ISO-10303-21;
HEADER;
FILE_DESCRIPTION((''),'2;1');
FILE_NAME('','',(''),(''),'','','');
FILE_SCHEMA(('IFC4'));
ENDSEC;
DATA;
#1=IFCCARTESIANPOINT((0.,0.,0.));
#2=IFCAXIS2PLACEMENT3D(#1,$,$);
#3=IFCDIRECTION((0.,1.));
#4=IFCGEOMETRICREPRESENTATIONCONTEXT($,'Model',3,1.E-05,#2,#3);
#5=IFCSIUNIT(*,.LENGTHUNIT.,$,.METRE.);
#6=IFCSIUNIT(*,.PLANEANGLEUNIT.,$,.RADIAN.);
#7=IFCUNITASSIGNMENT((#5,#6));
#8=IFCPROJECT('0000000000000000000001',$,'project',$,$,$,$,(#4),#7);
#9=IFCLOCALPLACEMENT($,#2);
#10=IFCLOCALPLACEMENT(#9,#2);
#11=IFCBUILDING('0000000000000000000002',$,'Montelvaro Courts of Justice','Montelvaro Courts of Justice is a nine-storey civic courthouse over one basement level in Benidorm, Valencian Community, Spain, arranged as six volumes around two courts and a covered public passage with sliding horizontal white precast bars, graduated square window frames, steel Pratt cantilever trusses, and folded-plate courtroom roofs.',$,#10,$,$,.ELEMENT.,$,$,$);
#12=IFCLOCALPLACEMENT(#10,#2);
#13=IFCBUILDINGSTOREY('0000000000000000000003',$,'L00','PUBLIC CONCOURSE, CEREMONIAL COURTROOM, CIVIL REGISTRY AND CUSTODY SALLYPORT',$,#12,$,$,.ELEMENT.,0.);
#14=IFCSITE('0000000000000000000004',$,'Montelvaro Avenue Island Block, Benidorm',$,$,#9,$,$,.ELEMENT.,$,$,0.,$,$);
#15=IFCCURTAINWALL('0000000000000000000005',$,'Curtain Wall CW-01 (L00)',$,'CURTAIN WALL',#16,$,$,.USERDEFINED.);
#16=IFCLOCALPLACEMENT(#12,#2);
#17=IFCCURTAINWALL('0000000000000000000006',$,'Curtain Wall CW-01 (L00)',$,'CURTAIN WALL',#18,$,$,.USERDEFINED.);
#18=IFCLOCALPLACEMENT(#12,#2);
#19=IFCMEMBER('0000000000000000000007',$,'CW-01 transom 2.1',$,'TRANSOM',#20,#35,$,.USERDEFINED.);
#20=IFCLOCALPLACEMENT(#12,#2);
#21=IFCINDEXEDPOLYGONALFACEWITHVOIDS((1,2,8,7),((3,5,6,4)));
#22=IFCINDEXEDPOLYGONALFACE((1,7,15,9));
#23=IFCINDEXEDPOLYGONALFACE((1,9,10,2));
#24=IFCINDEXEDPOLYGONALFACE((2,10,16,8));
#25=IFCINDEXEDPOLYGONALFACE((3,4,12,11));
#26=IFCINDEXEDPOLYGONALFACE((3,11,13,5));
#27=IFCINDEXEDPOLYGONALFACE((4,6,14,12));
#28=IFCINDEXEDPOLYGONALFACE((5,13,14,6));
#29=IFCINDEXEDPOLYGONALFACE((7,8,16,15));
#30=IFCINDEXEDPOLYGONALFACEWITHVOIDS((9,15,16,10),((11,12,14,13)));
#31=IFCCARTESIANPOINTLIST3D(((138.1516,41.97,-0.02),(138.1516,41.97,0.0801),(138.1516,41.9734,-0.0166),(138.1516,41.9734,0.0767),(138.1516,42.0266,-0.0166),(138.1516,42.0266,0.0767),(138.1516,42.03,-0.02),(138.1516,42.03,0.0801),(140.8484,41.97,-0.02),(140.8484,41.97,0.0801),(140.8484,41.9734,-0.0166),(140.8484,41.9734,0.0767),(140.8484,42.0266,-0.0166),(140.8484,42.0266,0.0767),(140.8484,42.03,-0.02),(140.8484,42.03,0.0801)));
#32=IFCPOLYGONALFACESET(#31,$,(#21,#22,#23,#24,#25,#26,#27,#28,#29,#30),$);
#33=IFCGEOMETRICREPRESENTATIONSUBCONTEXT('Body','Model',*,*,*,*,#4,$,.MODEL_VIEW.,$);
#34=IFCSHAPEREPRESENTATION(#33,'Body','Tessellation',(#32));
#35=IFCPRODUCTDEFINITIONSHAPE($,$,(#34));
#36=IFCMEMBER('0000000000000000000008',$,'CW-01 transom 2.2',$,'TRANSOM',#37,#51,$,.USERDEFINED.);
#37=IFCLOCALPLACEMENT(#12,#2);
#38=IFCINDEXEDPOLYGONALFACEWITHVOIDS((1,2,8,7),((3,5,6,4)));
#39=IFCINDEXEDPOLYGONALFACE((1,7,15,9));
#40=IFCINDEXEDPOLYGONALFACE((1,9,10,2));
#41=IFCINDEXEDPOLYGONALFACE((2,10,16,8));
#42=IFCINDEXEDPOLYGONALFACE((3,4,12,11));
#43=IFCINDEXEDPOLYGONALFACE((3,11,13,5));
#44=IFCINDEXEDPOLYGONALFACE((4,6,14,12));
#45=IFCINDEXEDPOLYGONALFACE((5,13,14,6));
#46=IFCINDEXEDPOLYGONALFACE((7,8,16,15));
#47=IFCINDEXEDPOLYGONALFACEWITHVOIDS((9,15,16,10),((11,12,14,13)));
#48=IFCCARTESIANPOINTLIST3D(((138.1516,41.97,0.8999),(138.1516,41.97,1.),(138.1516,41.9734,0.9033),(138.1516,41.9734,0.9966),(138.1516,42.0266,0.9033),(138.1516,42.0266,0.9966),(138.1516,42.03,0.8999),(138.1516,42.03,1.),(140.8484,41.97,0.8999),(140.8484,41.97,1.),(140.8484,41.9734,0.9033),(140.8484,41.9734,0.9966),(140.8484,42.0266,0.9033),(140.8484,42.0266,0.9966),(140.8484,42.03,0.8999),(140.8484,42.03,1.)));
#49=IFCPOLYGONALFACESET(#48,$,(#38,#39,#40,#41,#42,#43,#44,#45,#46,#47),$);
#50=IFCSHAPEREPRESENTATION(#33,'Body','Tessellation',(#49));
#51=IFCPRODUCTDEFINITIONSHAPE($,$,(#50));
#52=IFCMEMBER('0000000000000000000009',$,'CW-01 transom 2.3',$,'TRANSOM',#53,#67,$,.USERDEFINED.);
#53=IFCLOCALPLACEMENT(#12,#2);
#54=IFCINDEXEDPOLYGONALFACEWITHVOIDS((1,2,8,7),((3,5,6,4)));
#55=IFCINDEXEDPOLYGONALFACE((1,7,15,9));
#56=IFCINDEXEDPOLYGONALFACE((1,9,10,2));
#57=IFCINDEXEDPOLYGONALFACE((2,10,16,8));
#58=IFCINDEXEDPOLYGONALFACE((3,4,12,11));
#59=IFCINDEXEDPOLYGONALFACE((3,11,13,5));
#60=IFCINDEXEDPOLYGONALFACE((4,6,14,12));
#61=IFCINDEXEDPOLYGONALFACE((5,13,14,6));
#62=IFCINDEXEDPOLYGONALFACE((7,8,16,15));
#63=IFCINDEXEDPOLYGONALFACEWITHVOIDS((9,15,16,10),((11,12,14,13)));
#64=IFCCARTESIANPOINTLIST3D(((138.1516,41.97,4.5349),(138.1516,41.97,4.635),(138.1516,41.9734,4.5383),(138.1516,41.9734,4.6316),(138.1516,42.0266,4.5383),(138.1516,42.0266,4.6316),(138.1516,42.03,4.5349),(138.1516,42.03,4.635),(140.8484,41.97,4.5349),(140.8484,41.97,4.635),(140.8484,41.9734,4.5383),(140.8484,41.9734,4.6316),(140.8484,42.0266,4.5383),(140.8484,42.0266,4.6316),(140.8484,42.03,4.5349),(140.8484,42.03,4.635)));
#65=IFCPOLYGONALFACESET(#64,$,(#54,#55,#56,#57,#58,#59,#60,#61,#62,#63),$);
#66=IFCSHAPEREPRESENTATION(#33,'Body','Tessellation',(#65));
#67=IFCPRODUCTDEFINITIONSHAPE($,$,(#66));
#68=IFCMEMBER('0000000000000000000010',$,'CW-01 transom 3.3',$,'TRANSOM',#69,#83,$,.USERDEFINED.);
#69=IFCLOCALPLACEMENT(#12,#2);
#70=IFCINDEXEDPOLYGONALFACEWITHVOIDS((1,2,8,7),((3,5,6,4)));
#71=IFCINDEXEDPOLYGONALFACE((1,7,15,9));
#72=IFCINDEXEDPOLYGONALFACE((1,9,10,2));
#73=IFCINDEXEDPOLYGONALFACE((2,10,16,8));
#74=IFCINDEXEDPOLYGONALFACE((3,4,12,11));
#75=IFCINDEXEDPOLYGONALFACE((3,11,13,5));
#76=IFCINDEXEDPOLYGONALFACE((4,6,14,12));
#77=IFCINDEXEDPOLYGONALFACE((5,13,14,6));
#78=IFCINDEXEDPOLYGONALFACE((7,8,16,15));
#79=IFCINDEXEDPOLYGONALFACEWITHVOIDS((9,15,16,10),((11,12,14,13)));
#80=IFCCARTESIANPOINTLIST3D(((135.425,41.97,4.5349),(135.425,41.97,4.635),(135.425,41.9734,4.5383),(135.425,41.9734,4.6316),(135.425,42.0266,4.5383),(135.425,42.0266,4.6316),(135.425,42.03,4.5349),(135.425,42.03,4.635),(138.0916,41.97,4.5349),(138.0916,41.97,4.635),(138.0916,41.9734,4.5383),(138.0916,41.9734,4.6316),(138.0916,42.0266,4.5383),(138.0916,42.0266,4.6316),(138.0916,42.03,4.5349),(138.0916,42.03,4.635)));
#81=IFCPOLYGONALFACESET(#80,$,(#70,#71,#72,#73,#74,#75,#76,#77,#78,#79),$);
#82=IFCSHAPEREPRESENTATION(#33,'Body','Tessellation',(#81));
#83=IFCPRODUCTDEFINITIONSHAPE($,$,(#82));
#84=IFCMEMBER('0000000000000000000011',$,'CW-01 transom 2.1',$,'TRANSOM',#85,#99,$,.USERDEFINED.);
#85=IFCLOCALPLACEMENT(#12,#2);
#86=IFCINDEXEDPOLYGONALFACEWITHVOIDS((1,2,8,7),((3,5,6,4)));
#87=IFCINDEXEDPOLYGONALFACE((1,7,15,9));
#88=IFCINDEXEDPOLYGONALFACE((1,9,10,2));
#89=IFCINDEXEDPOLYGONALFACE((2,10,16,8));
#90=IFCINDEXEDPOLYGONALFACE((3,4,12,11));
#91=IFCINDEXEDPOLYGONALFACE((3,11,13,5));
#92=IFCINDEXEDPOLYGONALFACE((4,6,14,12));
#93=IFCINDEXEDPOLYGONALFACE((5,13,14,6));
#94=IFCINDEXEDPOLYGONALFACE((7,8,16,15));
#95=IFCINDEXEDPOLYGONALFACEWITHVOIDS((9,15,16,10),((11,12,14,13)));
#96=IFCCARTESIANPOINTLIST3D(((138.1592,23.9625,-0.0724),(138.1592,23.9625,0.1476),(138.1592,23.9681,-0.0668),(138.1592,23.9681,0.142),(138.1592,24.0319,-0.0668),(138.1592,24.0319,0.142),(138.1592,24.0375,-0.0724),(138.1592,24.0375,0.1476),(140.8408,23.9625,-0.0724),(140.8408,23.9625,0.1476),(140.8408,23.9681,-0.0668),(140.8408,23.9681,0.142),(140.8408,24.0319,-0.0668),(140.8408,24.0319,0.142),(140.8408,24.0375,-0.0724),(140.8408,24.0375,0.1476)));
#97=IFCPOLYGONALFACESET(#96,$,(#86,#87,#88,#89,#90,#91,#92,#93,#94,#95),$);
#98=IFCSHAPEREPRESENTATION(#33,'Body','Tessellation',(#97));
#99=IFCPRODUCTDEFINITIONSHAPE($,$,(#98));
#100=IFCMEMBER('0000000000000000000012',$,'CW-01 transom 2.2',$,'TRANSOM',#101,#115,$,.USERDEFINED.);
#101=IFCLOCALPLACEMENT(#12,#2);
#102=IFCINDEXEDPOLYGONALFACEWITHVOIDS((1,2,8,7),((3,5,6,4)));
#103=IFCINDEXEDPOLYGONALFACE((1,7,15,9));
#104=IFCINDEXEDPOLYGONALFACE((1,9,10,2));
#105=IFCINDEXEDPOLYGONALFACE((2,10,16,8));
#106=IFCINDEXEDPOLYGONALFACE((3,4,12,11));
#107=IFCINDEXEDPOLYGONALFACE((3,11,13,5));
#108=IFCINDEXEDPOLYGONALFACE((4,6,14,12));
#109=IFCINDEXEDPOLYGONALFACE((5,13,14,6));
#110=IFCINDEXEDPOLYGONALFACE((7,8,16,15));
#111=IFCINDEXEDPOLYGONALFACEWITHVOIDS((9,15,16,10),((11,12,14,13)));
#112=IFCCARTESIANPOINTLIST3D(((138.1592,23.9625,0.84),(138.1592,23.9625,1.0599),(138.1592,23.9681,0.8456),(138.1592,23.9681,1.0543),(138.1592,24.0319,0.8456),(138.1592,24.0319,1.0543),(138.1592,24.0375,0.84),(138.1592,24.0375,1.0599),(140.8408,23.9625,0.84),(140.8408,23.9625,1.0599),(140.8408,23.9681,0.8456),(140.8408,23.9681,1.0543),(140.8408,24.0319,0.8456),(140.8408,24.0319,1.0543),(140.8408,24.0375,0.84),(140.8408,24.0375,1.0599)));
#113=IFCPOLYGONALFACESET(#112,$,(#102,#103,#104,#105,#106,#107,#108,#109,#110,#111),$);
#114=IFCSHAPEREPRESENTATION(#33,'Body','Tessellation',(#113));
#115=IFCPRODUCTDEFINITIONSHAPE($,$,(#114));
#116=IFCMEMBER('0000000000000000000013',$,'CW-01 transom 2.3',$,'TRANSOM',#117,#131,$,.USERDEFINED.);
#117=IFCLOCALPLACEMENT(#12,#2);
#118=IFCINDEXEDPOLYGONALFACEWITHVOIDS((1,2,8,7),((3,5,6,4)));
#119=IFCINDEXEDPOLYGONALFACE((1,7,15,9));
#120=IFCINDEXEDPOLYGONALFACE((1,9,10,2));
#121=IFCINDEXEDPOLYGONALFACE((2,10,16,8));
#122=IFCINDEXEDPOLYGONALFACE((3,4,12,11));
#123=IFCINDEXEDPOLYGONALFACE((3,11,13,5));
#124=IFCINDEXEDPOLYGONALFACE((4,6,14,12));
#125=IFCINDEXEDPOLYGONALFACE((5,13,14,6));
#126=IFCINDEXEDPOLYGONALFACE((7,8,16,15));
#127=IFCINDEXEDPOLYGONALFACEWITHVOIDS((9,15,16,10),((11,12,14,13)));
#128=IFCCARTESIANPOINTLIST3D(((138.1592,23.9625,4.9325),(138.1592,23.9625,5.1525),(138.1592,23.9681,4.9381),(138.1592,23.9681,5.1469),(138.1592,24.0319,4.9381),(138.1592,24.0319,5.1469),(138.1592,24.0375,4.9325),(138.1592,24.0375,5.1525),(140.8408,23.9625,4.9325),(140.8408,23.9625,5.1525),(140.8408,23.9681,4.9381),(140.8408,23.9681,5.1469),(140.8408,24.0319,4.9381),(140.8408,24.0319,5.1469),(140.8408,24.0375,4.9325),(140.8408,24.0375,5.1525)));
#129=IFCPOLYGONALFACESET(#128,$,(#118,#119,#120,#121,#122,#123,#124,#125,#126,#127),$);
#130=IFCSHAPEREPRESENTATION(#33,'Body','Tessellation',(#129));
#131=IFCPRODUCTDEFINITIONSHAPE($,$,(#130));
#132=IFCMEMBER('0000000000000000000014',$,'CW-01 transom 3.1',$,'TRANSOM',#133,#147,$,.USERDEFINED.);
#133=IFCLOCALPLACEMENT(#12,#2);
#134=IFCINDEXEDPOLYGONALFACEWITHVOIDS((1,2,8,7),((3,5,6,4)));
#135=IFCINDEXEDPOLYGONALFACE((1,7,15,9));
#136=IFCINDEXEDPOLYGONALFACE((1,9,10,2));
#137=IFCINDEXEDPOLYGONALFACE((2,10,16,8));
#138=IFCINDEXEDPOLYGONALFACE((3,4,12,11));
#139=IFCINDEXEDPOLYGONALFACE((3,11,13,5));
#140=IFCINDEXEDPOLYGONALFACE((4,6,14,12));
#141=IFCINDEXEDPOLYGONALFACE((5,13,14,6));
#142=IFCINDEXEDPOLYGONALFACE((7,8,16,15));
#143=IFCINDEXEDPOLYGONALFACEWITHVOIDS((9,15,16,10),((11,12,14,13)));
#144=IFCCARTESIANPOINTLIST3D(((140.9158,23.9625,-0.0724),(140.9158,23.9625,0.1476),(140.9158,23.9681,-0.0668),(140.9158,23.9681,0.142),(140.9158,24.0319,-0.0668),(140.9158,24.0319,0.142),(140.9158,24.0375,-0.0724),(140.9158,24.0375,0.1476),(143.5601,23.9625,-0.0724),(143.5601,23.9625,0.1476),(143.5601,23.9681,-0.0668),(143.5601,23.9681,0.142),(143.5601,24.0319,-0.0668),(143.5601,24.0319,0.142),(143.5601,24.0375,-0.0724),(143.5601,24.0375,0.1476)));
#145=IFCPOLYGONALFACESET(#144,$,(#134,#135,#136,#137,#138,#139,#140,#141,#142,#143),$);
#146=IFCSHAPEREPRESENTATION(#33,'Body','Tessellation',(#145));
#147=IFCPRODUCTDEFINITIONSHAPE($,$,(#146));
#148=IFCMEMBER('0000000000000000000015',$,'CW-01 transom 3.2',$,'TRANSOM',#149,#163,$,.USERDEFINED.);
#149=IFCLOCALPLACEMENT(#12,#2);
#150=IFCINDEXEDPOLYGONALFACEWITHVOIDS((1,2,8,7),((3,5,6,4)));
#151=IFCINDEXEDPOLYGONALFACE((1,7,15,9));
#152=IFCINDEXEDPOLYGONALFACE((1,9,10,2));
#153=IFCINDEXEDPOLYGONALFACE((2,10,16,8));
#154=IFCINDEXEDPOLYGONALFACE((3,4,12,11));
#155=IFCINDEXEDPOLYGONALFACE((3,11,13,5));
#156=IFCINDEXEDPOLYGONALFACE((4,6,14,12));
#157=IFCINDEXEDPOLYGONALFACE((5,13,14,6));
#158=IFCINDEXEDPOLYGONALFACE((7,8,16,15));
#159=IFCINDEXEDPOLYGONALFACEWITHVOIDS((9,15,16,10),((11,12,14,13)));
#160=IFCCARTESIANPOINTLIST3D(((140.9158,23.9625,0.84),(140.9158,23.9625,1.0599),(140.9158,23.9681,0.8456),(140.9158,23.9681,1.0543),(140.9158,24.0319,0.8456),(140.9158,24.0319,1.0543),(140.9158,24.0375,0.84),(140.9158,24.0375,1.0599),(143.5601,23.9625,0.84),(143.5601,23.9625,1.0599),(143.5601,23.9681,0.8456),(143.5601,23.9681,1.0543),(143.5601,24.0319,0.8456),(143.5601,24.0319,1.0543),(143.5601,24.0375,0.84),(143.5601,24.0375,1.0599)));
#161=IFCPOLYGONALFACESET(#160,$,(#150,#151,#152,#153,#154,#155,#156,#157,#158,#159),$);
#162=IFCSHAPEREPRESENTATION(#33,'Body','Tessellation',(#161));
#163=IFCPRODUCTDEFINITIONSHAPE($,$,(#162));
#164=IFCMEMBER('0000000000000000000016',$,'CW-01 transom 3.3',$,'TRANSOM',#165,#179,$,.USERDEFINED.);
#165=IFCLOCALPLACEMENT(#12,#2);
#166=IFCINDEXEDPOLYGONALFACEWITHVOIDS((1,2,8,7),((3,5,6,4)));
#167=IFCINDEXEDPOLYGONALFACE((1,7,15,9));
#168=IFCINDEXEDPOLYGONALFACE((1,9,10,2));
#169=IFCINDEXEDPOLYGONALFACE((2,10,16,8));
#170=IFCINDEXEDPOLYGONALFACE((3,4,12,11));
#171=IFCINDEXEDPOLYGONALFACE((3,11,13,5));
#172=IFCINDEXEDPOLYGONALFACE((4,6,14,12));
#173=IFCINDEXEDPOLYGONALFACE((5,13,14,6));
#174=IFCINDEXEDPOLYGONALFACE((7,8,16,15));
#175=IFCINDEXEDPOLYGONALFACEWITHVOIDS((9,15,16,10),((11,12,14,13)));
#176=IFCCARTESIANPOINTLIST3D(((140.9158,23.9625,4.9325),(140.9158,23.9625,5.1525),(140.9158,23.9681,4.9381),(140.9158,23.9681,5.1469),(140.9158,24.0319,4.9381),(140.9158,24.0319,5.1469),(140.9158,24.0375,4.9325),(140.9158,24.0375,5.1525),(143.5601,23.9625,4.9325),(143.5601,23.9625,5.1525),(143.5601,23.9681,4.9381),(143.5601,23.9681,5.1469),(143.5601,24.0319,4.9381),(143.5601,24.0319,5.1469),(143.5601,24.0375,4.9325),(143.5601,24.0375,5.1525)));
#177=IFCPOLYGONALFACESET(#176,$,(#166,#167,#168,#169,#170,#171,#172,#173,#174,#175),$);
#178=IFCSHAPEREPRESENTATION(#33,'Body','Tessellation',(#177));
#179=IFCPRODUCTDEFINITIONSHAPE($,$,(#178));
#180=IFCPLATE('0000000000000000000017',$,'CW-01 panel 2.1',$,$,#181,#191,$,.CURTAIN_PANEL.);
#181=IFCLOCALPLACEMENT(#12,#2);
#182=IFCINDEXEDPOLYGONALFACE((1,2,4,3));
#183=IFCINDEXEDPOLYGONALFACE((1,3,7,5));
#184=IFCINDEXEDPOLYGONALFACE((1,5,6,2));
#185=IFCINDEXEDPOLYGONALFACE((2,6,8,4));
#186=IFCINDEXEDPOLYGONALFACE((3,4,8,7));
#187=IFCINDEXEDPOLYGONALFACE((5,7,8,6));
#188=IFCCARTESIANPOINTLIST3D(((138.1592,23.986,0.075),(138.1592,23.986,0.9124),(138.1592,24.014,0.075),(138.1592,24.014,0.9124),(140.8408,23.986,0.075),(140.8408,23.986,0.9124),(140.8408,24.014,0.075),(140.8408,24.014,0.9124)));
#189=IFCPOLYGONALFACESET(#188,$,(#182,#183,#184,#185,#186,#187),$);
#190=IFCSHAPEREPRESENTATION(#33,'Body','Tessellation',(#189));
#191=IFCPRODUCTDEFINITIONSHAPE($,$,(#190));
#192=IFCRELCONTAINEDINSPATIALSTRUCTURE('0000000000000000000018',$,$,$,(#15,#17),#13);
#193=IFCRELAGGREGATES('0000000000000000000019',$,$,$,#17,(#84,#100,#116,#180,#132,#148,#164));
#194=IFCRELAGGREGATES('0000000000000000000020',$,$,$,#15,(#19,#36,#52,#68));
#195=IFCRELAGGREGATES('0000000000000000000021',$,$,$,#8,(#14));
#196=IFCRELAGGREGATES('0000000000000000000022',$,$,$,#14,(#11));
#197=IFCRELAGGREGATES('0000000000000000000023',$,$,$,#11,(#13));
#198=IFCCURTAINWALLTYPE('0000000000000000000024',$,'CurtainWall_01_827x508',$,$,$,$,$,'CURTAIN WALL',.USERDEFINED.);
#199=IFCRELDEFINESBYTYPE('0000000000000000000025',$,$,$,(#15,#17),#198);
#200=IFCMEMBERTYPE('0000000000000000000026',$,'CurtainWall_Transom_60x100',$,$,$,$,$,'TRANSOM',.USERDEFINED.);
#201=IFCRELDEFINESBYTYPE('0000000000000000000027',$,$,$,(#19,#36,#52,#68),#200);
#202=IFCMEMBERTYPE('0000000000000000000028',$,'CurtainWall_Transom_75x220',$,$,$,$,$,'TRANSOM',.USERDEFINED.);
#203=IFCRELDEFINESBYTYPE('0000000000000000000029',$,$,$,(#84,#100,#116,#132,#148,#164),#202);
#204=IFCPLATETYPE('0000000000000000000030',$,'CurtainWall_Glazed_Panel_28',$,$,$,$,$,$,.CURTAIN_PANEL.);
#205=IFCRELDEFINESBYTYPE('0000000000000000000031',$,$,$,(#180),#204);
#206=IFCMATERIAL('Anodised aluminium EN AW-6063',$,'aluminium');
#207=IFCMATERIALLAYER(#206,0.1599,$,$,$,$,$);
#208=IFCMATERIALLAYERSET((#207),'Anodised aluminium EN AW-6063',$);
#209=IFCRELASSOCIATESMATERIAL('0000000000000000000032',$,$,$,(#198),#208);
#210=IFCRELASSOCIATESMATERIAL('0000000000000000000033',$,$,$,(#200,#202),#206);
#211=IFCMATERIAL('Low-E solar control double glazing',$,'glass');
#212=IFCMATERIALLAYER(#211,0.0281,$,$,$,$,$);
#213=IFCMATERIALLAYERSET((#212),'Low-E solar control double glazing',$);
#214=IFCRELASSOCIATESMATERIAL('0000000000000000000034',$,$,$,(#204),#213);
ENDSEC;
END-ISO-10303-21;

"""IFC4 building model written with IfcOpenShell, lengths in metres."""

from ifc_helpers import new_model, si_unit, direction, frame, origin, origin_2d, place, context, subcontext, project, spatial, rectangle, hollow_rectangle, extrude, material, layer, layer_set, material_profile, profile_set, type_object, element, aggregate, save


model = new_model("IFC4")

# Units and contexts
model_context = context("Model", 3, precision=1e-05, world=origin(), true_north=direction((0.0, 1.0)))
body_context = subcontext(model_context, "Body", "Model", "MODEL_VIEW")
ifc_project = project(units=[si_unit("LENGTHUNIT", "METRE"), si_unit("PLANEANGLEUNIT", "RADIAN")], contexts=[model_context])

# Site, building, storey
site_placement = place(None, origin())
site = spatial("IfcSite", under=ifc_project, at=site_placement, Name="Montelvaro Avenue Island Block, Benidorm", CompositionType="ELEMENT", RefElevation=0.0)
building_placement = place(site_placement, origin())
building = spatial("IfcBuilding", under=site, at=building_placement, Name="Montelvaro Courts of Justice", Description="Montelvaro Courts of Justice is a nine-storey civic courthouse over one basement level in Benidorm, Valencian Community, Spain, arranged as six volumes around two courts and a covered public passage with sliding horizontal white precast bars, graduated square window frames, steel Pratt cantilever trusses, and folded-plate courtroom roofs.", CompositionType="ELEMENT")
storey_placement = place(building_placement, origin())
storey = spatial("IfcBuildingStorey", under=building, at=storey_placement, Name="L00", Description="PUBLIC CONCOURSE, CEREMONIAL COURTROOM, CIVIL REGISTRY AND CUSTODY SALLYPORT", CompositionType="ELEMENT", Elevation=0.0)

# Curtain walls
ifc_material_1 = material(Name="Anodised aluminium EN AW-6063", Category="aluminium")
ifc_layer_1 = layer(ifc_material_1, 0.1599)
ifc_layer_set_1 = layer_set([ifc_layer_1], Name="Anodised aluminium EN AW-6063")
curtain_wall_type = type_object("IfcCurtainWallType", Name="CurtainWall_01_827x508", ElementType="CURTAIN WALL", PredefinedType="USERDEFINED", material=ifc_layer_set_1)
curtain_wall_1_placement = place(storey_placement, origin())
curtain_wall_1 = element("IfcCurtainWall", 1, at=curtain_wall_1_placement, inside=storey, type_object=curtain_wall_type, Name="Curtain Wall CW-01 (L00)", ObjectType="CURTAIN WALL", PredefinedType="USERDEFINED")
curtain_wall_2_placement = place(storey_placement, origin())
curtain_wall_2 = element("IfcCurtainWall", 2, at=curtain_wall_2_placement, inside=storey, type_object=curtain_wall_type, Name="Curtain Wall CW-01 (L00)", ObjectType="CURTAIN WALL", PredefinedType="USERDEFINED")

# Members
ifc_material_profile_1 = material_profile(ifc_material_1, hollow_rectangle(XDim=0.0601, YDim=0.1001, WallThickness=0.0034, at=origin_2d()), Name="ALU-T 60x100")
ifc_profile_set_1 = profile_set([ifc_material_profile_1], Name="Anodised aluminium EN AW-6063")
member_type_1 = type_object("IfcMemberType", Name="CurtainWall_Transom_60x100", ElementType="TRANSOM", PredefinedType="USERDEFINED", material=ifc_profile_set_1)
member_1_placement = place(storey_placement, frame((140.8484, 42.0, 0.03), z_axis=(-1.0, 0.0, 0.0), x_axis=(0.0, -1.0, 0.0)))
member_1 = element("IfcMember", 3, at=member_1_placement, type_object=member_type_1, Name="CW-01 transom 2.1", ObjectType="TRANSOM", PredefinedType="USERDEFINED", context=body_context, shape_type="SweptSolid", body=[
    extrude(hollow_rectangle(XDim=0.0601, YDim=0.1001, WallThickness=0.0034, at=origin_2d()), origin(), (0.0, 0.0, 1.0), 2.6968),
])
member_2_placement = place(storey_placement, frame((140.8484, 42.0, 0.95), z_axis=(-1.0, 0.0, 0.0), x_axis=(0.0, -1.0, 0.0)))
member_2 = element("IfcMember", 4, at=member_2_placement, type_object=member_type_1, Name="CW-01 transom 2.2", ObjectType="TRANSOM", PredefinedType="USERDEFINED", context=body_context, shape_type="SweptSolid", body=[
    extrude(hollow_rectangle(XDim=0.0601, YDim=0.1001, WallThickness=0.0034, at=origin_2d()), origin(), (0.0, 0.0, 1.0), 2.6968),
])
member_3_placement = place(storey_placement, frame((140.8484, 42.0, 4.585), z_axis=(-1.0, 0.0, 0.0), x_axis=(0.0, -1.0, 0.0)))
member_3 = element("IfcMember", 5, at=member_3_placement, type_object=member_type_1, Name="CW-01 transom 2.3", ObjectType="TRANSOM", PredefinedType="USERDEFINED", context=body_context, shape_type="SweptSolid", body=[
    extrude(hollow_rectangle(XDim=0.0601, YDim=0.1001, WallThickness=0.0034, at=origin_2d()), origin(), (0.0, 0.0, 1.0), 2.6968),
])
member_4_placement = place(storey_placement, frame((138.0916, 42.0, 4.585), z_axis=(-1.0, 0.0, 0.0), x_axis=(0.0, -1.0, 0.0)))
member_4 = element("IfcMember", 6, at=member_4_placement, type_object=member_type_1, Name="CW-01 transom 3.3", ObjectType="TRANSOM", PredefinedType="USERDEFINED", context=body_context, shape_type="SweptSolid", body=[
    extrude(hollow_rectangle(XDim=0.0601, YDim=0.1001, WallThickness=0.0034, at=origin_2d()), origin(), (0.0, 0.0, 1.0), 2.6665),
])
ifc_material_profile_2 = material_profile(ifc_material_1, hollow_rectangle(XDim=0.075, YDim=0.22, WallThickness=0.0056, at=origin_2d()), Name="ALU-T 75x220")
ifc_profile_set_2 = profile_set([ifc_material_profile_2], Name="Anodised aluminium EN AW-6063")
member_type_2 = type_object("IfcMemberType", Name="CurtainWall_Transom_75x220", ElementType="TRANSOM", PredefinedType="USERDEFINED", material=ifc_profile_set_2)
member_5_placement = place(storey_placement, frame((138.1592, 24.0, 0.0376), z_axis=(1.0, 0.0, 0.0), x_axis=(0.0, 1.0, 0.0)))
member_5 = element("IfcMember", 7, at=member_5_placement, type_object=member_type_2, Name="CW-01 transom 2.1", ObjectType="TRANSOM", PredefinedType="USERDEFINED", context=body_context, shape_type="SweptSolid", body=[
    extrude(hollow_rectangle(XDim=0.075, YDim=0.22, WallThickness=0.0056, at=origin_2d()), origin(), (0.0, 0.0, 1.0), 2.6816),
])
member_6_placement = place(storey_placement, frame((138.1592, 24.0, 0.95), z_axis=(1.0, 0.0, 0.0), x_axis=(0.0, 1.0, 0.0)))
member_6 = element("IfcMember", 8, at=member_6_placement, type_object=member_type_2, Name="CW-01 transom 2.2", ObjectType="TRANSOM", PredefinedType="USERDEFINED", context=body_context, shape_type="SweptSolid", body=[
    extrude(hollow_rectangle(XDim=0.075, YDim=0.22, WallThickness=0.0056, at=origin_2d()), origin(), (0.0, 0.0, 1.0), 2.6816),
])
member_7_placement = place(storey_placement, frame((138.1592, 24.0, 5.0425), z_axis=(1.0, 0.0, 0.0), x_axis=(0.0, 1.0, 0.0)))
member_7 = element("IfcMember", 9, at=member_7_placement, type_object=member_type_2, Name="CW-01 transom 2.3", ObjectType="TRANSOM", PredefinedType="USERDEFINED", context=body_context, shape_type="SweptSolid", body=[
    extrude(hollow_rectangle(XDim=0.075, YDim=0.22, WallThickness=0.0056, at=origin_2d()), origin(), (0.0, 0.0, 1.0), 2.6816),
])
member_8_placement = place(storey_placement, frame((140.9158, 24.0, 0.0376), z_axis=(1.0, 0.0, 0.0), x_axis=(0.0, 1.0, 0.0)))
member_8 = element("IfcMember", 10, at=member_8_placement, type_object=member_type_2, Name="CW-01 transom 3.1", ObjectType="TRANSOM", PredefinedType="USERDEFINED", context=body_context, shape_type="SweptSolid", body=[
    extrude(hollow_rectangle(XDim=0.075, YDim=0.22, WallThickness=0.0056, at=origin_2d()), origin(), (0.0, 0.0, 1.0), 2.6443),
])
member_9_placement = place(storey_placement, frame((140.9158, 24.0, 0.95), z_axis=(1.0, 0.0, 0.0), x_axis=(0.0, 1.0, 0.0)))
member_9 = element("IfcMember", 11, at=member_9_placement, type_object=member_type_2, Name="CW-01 transom 3.2", ObjectType="TRANSOM", PredefinedType="USERDEFINED", context=body_context, shape_type="SweptSolid", body=[
    extrude(hollow_rectangle(XDim=0.075, YDim=0.22, WallThickness=0.0056, at=origin_2d()), origin(), (0.0, 0.0, 1.0), 2.6443),
])
member_10_placement = place(storey_placement, frame((140.9158, 24.0, 5.0425), z_axis=(1.0, 0.0, 0.0), x_axis=(0.0, 1.0, 0.0)))
member_10 = element("IfcMember", 12, at=member_10_placement, type_object=member_type_2, Name="CW-01 transom 3.3", ObjectType="TRANSOM", PredefinedType="USERDEFINED", context=body_context, shape_type="SweptSolid", body=[
    extrude(hollow_rectangle(XDim=0.075, YDim=0.22, WallThickness=0.0056, at=origin_2d()), origin(), (0.0, 0.0, 1.0), 2.6443),
])

# Plate
ifc_material_2 = material(Name="Low-E solar control double glazing", Category="glass")
ifc_layer_2 = layer(ifc_material_2, 0.0281)
ifc_layer_set_2 = layer_set([ifc_layer_2], Name="Low-E solar control double glazing")
plate_type = type_object("IfcPlateType", Name="CurtainWall_Glazed_Panel_28", PredefinedType="CURTAIN_PANEL", material=ifc_layer_set_2)
plate_1_placement = place(storey_placement, frame((139.5, 24.0, 0.075), z_axis=(0.0, 0.0, 1.0), x_axis=(1.0, 0.0, 0.0)))
plate_1 = element("IfcPlate", 13, at=plate_1_placement, type_object=plate_type, Name="CW-01 panel 2.1", PredefinedType="CURTAIN_PANEL", context=body_context, shape_type="SweptSolid", body=[
    extrude(rectangle(XDim=2.6816, YDim=0.0281, at=origin_2d()), origin(), (0.0, 0.0, 1.0), 0.8374),
])
aggregate(curtain_wall_2, [member_5, member_6, member_7, plate_1, member_8, member_9, member_10])
aggregate(curtain_wall_1, [member_1, member_2, member_3, member_4])

save(model, "model.ifc")
